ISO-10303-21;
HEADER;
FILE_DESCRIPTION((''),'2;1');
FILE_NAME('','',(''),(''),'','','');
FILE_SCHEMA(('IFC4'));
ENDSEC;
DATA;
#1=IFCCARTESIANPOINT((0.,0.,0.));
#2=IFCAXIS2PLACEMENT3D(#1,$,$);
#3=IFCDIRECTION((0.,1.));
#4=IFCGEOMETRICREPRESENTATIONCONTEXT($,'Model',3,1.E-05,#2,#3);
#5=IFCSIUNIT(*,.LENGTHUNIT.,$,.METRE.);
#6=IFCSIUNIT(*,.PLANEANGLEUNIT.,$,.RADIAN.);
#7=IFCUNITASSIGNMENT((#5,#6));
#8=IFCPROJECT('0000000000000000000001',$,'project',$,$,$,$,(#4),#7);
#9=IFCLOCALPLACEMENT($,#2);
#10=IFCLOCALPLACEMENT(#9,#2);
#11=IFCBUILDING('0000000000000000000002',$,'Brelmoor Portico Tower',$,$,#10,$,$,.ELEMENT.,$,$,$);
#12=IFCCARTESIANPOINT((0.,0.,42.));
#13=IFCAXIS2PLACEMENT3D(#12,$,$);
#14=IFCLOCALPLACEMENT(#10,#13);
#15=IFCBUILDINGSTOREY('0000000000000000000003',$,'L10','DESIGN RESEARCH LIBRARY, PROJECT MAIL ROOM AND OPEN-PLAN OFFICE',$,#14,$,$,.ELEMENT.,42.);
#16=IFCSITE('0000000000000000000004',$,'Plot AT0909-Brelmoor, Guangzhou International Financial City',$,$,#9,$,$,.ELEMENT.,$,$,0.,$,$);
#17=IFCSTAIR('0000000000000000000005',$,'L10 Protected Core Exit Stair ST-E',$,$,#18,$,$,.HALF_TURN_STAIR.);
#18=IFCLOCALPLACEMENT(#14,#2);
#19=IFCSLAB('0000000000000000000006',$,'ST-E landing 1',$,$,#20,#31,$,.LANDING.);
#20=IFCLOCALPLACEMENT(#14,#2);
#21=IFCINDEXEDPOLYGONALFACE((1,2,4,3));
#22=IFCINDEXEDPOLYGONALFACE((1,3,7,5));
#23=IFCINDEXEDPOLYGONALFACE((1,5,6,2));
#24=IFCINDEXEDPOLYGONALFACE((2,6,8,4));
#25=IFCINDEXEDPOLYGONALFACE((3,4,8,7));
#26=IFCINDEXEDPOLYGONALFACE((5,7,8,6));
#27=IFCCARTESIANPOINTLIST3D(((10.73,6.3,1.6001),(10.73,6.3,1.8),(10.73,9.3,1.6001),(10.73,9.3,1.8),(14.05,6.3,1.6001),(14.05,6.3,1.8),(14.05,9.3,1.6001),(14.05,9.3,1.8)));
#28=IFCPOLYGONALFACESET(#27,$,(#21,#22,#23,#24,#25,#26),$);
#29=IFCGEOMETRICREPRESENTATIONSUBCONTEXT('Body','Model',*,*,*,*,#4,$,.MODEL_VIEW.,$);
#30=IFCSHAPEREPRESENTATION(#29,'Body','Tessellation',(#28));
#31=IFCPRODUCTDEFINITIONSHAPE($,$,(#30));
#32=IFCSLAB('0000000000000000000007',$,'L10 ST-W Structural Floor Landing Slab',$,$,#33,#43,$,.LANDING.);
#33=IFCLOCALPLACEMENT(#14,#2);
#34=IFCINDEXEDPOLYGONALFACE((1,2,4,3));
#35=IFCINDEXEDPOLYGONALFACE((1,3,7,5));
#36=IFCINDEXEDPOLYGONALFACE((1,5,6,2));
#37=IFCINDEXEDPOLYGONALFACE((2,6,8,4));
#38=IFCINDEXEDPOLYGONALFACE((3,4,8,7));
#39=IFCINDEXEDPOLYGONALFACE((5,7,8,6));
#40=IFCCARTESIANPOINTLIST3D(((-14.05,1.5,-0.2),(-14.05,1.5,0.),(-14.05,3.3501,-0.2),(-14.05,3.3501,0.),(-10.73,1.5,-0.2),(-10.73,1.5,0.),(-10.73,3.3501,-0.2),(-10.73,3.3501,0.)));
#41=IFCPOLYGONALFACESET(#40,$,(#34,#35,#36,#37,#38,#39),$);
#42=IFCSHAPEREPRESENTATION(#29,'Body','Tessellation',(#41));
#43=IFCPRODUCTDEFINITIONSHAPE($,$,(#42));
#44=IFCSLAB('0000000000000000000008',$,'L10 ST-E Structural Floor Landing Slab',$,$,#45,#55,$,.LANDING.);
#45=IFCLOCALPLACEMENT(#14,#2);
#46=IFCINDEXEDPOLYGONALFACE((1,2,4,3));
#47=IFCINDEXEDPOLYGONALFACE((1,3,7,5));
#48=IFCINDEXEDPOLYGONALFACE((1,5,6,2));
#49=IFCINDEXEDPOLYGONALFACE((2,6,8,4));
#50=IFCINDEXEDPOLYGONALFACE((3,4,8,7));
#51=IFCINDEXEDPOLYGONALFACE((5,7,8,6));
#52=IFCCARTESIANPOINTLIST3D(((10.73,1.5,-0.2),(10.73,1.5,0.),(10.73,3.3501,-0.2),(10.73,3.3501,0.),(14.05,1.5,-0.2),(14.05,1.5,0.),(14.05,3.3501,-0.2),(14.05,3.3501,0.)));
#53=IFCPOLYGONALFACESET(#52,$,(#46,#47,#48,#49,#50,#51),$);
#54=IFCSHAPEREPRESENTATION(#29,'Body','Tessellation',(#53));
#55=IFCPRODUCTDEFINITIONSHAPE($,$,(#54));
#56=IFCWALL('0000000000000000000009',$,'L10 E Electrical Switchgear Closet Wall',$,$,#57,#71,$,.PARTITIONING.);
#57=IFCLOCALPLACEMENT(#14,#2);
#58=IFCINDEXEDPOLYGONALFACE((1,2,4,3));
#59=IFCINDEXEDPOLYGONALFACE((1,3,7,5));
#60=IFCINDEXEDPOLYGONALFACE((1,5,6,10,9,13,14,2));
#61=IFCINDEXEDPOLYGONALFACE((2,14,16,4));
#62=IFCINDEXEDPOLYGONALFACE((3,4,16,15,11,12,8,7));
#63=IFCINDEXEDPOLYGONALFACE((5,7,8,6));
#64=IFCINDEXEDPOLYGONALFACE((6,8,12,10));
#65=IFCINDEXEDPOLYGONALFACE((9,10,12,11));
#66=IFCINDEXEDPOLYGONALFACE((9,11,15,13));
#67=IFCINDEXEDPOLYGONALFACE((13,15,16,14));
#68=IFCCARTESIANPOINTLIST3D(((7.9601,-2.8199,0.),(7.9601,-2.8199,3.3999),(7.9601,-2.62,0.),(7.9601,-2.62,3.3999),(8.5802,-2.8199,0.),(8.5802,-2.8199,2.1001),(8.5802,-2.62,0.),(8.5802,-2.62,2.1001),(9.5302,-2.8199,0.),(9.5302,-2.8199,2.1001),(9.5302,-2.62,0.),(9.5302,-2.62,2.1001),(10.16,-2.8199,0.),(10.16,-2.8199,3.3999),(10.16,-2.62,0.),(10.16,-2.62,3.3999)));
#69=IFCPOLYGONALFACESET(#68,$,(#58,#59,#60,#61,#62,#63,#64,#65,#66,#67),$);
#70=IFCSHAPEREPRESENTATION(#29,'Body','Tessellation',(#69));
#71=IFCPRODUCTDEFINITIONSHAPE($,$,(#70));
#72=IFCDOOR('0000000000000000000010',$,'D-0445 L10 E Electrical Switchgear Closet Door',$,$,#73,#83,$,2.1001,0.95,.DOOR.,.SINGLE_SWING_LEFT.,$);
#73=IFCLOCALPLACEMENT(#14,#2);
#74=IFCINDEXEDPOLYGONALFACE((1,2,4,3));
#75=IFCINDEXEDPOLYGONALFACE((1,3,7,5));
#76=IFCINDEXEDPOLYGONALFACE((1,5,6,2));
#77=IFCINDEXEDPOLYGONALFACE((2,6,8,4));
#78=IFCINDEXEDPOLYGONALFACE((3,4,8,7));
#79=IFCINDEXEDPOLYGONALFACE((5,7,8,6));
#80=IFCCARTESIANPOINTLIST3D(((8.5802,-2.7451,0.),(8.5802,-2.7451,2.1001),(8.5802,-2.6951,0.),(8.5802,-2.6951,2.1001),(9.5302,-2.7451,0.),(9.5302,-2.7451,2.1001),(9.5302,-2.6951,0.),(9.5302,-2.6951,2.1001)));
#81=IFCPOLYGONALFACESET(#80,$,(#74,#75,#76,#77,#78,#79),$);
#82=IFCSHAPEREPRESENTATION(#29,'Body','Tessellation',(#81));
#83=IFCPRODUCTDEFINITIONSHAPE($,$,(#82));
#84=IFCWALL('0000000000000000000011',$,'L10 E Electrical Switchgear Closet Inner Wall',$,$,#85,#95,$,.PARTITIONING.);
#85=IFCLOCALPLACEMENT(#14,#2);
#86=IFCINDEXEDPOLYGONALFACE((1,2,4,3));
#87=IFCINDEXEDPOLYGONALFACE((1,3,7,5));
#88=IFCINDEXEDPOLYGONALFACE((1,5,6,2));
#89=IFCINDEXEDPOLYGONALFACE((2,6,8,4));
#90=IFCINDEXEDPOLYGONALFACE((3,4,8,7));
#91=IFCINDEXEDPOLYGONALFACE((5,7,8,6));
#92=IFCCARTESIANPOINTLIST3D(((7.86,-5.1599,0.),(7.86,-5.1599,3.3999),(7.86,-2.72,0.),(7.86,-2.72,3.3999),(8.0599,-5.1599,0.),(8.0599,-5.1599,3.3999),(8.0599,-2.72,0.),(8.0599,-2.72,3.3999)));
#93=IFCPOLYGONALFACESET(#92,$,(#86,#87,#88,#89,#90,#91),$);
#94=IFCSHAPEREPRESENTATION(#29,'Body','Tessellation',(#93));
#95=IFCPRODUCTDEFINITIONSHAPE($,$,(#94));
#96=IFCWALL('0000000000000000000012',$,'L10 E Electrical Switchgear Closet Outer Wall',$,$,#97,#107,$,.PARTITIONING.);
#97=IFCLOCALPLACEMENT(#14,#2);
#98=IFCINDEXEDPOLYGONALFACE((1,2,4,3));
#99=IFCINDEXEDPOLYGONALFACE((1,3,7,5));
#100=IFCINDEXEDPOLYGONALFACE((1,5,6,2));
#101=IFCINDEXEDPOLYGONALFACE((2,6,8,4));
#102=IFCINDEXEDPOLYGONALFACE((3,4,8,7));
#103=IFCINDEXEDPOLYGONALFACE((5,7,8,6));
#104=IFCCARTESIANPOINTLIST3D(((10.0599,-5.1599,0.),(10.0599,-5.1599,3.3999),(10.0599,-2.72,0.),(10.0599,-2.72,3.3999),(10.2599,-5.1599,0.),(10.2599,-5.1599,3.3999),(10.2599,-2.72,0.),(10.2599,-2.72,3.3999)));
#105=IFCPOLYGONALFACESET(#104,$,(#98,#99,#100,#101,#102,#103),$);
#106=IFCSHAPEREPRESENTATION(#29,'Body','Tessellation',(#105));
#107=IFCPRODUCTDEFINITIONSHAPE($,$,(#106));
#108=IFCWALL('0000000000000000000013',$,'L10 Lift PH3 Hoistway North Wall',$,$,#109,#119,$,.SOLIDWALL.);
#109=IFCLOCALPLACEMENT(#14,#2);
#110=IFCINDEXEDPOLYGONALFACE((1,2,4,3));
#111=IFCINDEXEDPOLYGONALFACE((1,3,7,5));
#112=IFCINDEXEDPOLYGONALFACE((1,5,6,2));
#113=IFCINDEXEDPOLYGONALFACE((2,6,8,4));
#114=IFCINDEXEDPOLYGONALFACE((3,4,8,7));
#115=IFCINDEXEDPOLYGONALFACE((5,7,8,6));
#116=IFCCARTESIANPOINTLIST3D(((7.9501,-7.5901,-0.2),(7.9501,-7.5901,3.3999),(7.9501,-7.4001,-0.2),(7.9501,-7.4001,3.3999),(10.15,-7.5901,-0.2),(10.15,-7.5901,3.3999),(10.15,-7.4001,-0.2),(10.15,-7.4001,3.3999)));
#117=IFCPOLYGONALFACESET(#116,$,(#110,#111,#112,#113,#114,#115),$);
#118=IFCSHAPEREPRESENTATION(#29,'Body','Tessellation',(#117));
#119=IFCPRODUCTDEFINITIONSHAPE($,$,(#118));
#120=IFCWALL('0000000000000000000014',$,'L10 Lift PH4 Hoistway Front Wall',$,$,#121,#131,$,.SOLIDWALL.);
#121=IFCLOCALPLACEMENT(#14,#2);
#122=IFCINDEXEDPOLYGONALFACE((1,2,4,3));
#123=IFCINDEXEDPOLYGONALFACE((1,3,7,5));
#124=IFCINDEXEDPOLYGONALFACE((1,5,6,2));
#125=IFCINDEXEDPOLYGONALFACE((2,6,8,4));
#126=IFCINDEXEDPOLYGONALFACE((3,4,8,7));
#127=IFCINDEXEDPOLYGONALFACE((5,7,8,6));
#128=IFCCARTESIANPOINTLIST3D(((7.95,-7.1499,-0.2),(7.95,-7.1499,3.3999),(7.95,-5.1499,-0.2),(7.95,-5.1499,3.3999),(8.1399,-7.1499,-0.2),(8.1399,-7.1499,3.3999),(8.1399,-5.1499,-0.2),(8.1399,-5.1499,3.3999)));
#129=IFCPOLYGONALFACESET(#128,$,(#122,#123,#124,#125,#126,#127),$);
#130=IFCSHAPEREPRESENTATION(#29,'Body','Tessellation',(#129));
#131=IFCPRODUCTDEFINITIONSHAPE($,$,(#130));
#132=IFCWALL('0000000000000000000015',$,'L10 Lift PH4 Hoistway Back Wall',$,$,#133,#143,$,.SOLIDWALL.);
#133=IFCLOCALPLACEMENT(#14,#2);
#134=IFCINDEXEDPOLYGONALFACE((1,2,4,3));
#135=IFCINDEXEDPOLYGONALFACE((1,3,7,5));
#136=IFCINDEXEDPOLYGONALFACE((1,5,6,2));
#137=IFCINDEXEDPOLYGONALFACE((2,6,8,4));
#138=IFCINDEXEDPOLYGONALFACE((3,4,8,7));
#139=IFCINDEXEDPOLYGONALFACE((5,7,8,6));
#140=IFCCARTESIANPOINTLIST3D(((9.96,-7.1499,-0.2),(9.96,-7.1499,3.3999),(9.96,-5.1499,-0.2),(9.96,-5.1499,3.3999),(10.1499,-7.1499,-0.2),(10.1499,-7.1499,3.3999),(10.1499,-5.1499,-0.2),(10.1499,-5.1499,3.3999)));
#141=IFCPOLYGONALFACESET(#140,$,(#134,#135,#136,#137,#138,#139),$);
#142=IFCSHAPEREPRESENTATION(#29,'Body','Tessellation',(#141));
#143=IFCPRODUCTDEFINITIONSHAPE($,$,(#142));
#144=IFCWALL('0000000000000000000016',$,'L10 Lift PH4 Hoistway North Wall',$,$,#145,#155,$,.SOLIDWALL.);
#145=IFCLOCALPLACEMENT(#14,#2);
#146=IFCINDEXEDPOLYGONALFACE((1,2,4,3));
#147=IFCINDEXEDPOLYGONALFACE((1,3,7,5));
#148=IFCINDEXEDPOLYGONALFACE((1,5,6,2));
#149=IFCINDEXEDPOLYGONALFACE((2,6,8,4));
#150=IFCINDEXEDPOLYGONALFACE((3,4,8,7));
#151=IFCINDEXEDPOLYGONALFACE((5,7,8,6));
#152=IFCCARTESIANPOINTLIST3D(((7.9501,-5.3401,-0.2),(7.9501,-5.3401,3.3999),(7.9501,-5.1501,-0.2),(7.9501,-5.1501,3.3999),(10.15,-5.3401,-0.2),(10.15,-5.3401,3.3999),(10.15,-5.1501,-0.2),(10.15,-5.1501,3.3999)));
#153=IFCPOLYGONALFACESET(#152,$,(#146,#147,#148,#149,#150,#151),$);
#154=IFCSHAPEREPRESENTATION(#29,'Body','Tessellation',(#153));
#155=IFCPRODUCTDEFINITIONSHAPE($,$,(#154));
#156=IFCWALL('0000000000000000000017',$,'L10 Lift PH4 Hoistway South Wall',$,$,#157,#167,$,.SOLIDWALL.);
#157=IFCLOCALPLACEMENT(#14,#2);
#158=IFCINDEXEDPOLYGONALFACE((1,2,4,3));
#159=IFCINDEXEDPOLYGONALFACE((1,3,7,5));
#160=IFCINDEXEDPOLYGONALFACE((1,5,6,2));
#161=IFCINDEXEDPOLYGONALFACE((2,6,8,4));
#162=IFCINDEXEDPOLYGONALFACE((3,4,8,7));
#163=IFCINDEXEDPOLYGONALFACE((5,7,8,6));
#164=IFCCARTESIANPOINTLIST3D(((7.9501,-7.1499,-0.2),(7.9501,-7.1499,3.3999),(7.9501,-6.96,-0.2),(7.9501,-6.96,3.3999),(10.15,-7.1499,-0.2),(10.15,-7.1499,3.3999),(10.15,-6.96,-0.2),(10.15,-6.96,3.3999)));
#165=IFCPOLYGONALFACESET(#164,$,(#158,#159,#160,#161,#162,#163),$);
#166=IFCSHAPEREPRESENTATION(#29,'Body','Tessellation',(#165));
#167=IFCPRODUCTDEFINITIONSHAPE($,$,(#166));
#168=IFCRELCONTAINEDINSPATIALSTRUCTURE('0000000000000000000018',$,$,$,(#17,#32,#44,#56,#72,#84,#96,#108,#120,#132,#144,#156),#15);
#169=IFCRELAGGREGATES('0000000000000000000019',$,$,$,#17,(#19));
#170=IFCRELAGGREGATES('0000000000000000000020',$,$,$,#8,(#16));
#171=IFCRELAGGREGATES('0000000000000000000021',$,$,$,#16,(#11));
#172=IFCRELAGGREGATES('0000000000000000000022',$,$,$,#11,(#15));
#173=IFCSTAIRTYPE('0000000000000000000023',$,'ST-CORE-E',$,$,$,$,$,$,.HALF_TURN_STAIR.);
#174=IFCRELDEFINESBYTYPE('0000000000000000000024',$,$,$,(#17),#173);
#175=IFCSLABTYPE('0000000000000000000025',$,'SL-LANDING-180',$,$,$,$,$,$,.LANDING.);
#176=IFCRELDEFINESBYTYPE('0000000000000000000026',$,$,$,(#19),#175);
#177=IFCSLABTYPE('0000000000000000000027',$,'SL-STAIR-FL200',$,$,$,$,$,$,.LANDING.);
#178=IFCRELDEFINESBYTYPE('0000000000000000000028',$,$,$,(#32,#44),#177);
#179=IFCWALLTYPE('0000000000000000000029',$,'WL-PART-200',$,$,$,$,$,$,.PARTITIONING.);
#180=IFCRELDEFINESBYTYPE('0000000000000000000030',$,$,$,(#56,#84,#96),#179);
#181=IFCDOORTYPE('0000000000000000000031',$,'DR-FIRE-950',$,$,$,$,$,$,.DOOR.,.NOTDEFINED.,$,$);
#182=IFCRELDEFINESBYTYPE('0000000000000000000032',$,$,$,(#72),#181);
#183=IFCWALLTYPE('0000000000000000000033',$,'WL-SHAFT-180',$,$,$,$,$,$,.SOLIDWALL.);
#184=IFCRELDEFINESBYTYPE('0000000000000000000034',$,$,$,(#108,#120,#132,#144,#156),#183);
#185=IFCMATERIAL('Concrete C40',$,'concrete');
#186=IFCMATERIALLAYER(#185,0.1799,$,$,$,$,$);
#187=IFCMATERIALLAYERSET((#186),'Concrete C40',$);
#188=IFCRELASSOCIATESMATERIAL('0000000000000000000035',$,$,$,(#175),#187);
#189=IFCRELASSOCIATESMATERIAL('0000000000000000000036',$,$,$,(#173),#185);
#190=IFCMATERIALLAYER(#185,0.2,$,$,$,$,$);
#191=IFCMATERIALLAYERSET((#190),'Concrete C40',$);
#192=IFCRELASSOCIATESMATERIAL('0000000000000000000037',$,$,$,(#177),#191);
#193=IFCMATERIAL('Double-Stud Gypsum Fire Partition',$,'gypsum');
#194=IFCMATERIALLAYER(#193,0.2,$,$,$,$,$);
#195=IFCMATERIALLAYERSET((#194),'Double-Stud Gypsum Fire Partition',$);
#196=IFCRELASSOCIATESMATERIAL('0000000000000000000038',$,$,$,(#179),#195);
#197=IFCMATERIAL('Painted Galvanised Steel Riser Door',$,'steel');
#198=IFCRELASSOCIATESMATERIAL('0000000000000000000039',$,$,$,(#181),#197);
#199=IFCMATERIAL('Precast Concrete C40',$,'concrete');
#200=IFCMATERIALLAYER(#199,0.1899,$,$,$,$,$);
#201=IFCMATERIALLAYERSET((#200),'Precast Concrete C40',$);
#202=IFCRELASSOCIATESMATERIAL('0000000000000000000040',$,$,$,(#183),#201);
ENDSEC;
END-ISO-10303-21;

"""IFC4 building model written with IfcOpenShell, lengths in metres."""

from ifc_helpers import new_model, si_unit, direction, frame, frame_2d, origin, place, context, subcontext, project, spatial, polyline, rectangle, outline, extrude, material, layer, layer_set, type_object, element, fill, aggregate, save


model = new_model("IFC4")

# Units and contexts
model_context = context("Model", 3, precision=1e-05, world=origin(), true_north=direction((0.0, 1.0)))
body_context = subcontext(model_context, "Body", "Model", "MODEL_VIEW")
ifc_project = project(units=[si_unit("LENGTHUNIT", "METRE"), si_unit("PLANEANGLEUNIT", "RADIAN")], contexts=[model_context])

# Site, building, storey
site_placement = place(None, origin())
site = spatial("IfcSite", under=ifc_project, at=site_placement, Name="Plot AT0909-Brelmoor, Guangzhou International Financial City", CompositionType="ELEMENT", RefElevation=0.0)
building_placement = place(site_placement, origin())
building = spatial("IfcBuilding", under=site, at=building_placement, Name="Brelmoor Portico Tower", CompositionType="ELEMENT")
storey_placement = place(building_placement, frame((0.0, 0.0, 42.0)))
storey = spatial("IfcBuildingStorey", under=building, at=storey_placement, Name="L10", Description="DESIGN RESEARCH LIBRARY, PROJECT MAIL ROOM AND OPEN-PLAN OFFICE", CompositionType="ELEMENT", Elevation=42.0)

# Shared definitions
ifc_material_1 = material(Name="Concrete C40", Category="concrete")

# Stair, slab
ifc_layer_1 = layer(ifc_material_1, 0.1799)
ifc_layer_set_1 = layer_set([ifc_layer_1], Name="Concrete C40")
slab_type_1 = type_object("IfcSlabType", Name="SL-LANDING-180", PredefinedType="LANDING", material=ifc_layer_set_1)
stair_type_1 = type_object("IfcStairType", Name="ST-CORE-E", PredefinedType="HALF_TURN_STAIR", material=ifc_material_1)
stair_1_placement = place(storey_placement, origin())
stair_1 = element("IfcStair", 1, at=stair_1_placement, inside=storey, type_object=stair_type_1, Name="L10 Protected Core Exit Stair ST-E", PredefinedType="HALF_TURN_STAIR")
slab_1_placement = place(storey_placement, frame((0.0, 0.0, 1.6001)))
slab_1 = element("IfcSlab", 2, at=slab_1_placement, type_object=slab_type_1, Name="ST-E landing 1", PredefinedType="LANDING", context=body_context, shape_type="SweptSolid", body=[
    extrude(outline(polyline([(14.05, 6.3), (14.05, 9.3), (10.73, 9.3), (10.73, 6.3), (14.05, 6.3)])), origin(), (0.0, 0.0, 1.0), 0.2),
])
aggregate(stair_1, [slab_1])

# Slabs
ifc_layer_2 = layer(ifc_material_1, 0.2)
ifc_layer_set_2 = layer_set([ifc_layer_2], Name="Concrete C40")
slab_type_2 = type_object("IfcSlabType", Name="SL-STAIR-FL200", PredefinedType="LANDING", material=ifc_layer_set_2)
slab_2_placement = place(storey_placement, frame((0.0, 0.0, -0.2)))
element("IfcSlab", 3, at=slab_2_placement, inside=storey, type_object=slab_type_2, Name="L10 ST-W Structural Floor Landing Slab", PredefinedType="LANDING", context=body_context, shape_type="SweptSolid", body=[
    extrude(outline(polyline([(-10.73, 1.5), (-10.73, 3.3501), (-14.05, 3.3501), (-14.05, 1.5), (-10.73, 1.5)])), origin(), (0.0, 0.0, 1.0), 0.2),
])
slab_3_placement = place(storey_placement, frame((0.0, 0.0, -0.2)))
element("IfcSlab", 4, at=slab_3_placement, inside=storey, type_object=slab_type_2, Name="L10 ST-E Structural Floor Landing Slab", PredefinedType="LANDING", context=body_context, shape_type="SweptSolid", body=[
    extrude(outline(polyline([(14.05, 1.5), (14.05, 3.3501), (10.73, 3.3501), (10.73, 1.5), (14.05, 1.5)])), origin(), (0.0, 0.0, 1.0), 0.2),
])

# Wall, opening, door
ifc_material_2 = material(Name="Double-Stud Gypsum Fire Partition", Category="gypsum")
ifc_layer_3 = layer(ifc_material_2, 0.2)
ifc_layer_set_3 = layer_set([ifc_layer_3], Name="Double-Stud Gypsum Fire Partition")
wall_type_1 = type_object("IfcWallType", Name="WL-PART-200", PredefinedType="PARTITIONING", material=ifc_layer_set_3)
wall_1_placement = place(storey_placement, frame((7.96, -2.72, 0.0), z_axis=(0.0, 0.0, 1.0), x_axis=(1.0, 0.0, 0.0)))
wall_1 = element("IfcWall", 5, at=wall_1_placement, inside=storey, type_object=wall_type_1, Name="L10 E Electrical Switchgear Closet Wall", PredefinedType="PARTITIONING", context=body_context, shape_type="SweptSolid", body=[
    extrude(rectangle(XDim=2.2, YDim=0.2, at=frame_2d((1.1001, 0.0))), origin(), (0.0, 0.0, 1.0), 3.3999),
])
opening_1_placement = place(wall_1_placement, frame((0.6201, 0.0, 0.0)))
opening_1 = element("IfcOpeningElement", 6, at=opening_1_placement, cuts=wall_1, PredefinedType="OPENING", context=body_context, shape_type="SweptSolid", body=[
    extrude(rectangle(XDim=0.95, YDim=2.1001, at=frame_2d((0.4751, 1.05))), frame((0.0, 0.1099, 0.0), z_axis=(0.0, -1.0, 0.0), x_axis=(1.0, 0.0, 0.0)), (0.0, 0.0, 1.0), 0.22),
])
ifc_material_3 = material(Name="Painted Galvanised Steel Riser Door", Category="steel")
door_type_1 = type_object("IfcDoorType", Name="DR-FIRE-950", OperationType="NOTDEFINED", PredefinedType="DOOR", material=ifc_material_3)
door_1_placement = place(opening_1_placement, origin())
door_1 = element("IfcDoor", 7, at=door_1_placement, inside=storey, type_object=door_type_1, Name="D-0445 L10 E Electrical Switchgear Closet Door", OperationType="SINGLE_SWING_LEFT", OverallHeight=2.1001, OverallWidth=0.95, PredefinedType="DOOR", context=body_context, shape_type="SweptSolid", body=[
    extrude(rectangle(XDim=0.95, YDim=2.1001, at=frame_2d((0.4751, 1.05))), frame((0.0, 0.0249, 0.0), z_axis=(0.0, -1.0, 0.0), x_axis=(1.0, 0.0, 0.0)), (0.0, 0.0, 1.0), 0.05),
])
fill(opening_1, door_1)

# Walls
for number, where, z_axis, x_axis, name in (
    (8, (7.96, -5.1599, 0.0), (0.0, 0.0, 1.0), (0.0, 1.0, 0.0), "L10 E Electrical Switchgear Closet Inner Wall"),
    (9, (10.1599, -5.1599, 0.0), (0.0, 0.0, 1.0), (0.0, 1.0, 0.0), "L10 E Electrical Switchgear Closet Outer Wall"),
):
    element("IfcWall", number, at=place(storey_placement, frame(where, z_axis=z_axis, x_axis=x_axis)), inside=storey, type_object=wall_type_1, Name=name, PredefinedType="PARTITIONING", context=body_context, shape_type="SweptSolid", body=[
        extrude(rectangle(XDim=2.4399, YDim=0.2, at=frame_2d((1.22, 0.0))), origin(), (0.0, 0.0, 1.0), 3.3999),
    ])
ifc_material_4 = material(Name="Precast Concrete C40", Category="concrete")
ifc_layer_4 = layer(ifc_material_4, 0.1899)
ifc_layer_set_4 = layer_set([ifc_layer_4], Name="Precast Concrete C40")
wall_type_2 = type_object("IfcWallType", Name="WL-SHAFT-180", PredefinedType="SOLIDWALL", material=ifc_layer_set_4)
wall_2_placement = place(storey_placement, frame((7.95, -7.4951, -0.2), z_axis=(0.0, 0.0, 1.0), x_axis=(1.0, 0.0, 0.0)))
element("IfcWall", 10, at=wall_2_placement, inside=storey, type_object=wall_type_2, Name="L10 Lift PH3 Hoistway North Wall", PredefinedType="SOLIDWALL", context=body_context, shape_type="SweptSolid", body=[
    extrude(rectangle(XDim=2.2, YDim=0.1899, at=frame_2d((1.1001, 0.0))), origin(), (0.0, 0.0, 1.0), 3.5999),
])
for number, where, z_axis, x_axis, name in (
    (11, (8.0449, -7.1499, -0.2), (0.0, 0.0, 1.0), (0.0, 1.0, 0.0), "L10 Lift PH4 Hoistway Front Wall"),
    (12, (10.0549, -7.1499, -0.2), (0.0, 0.0, 1.0), (0.0, 1.0, 0.0), "L10 Lift PH4 Hoistway Back Wall"),
):
    element("IfcWall", number, at=place(storey_placement, frame(where, z_axis=z_axis, x_axis=x_axis)), inside=storey, type_object=wall_type_2, Name=name, PredefinedType="SOLIDWALL", context=body_context, shape_type="SweptSolid", body=[
        extrude(rectangle(XDim=2.0, YDim=0.1899, at=frame_2d((1.0, 0.0))), origin(), (0.0, 0.0, 1.0), 3.5999),
    ])
for number, where, z_axis, x_axis, name in (
    (13, (7.95, -5.2451, -0.2), (0.0, 0.0, 1.0), (1.0, 0.0, 0.0), "L10 Lift PH4 Hoistway North Wall"),
    (14, (7.95, -7.0549, -0.2), (0.0, 0.0, 1.0), (1.0, 0.0, 0.0), "L10 Lift PH4 Hoistway South Wall"),
):
    element("IfcWall", number, at=place(storey_placement, frame(where, z_axis=z_axis, x_axis=x_axis)), inside=storey, type_object=wall_type_2, Name=name, PredefinedType="SOLIDWALL", context=body_context, shape_type="SweptSolid", body=[
        extrude(rectangle(XDim=2.2, YDim=0.1899, at=frame_2d((1.1001, 0.0))), origin(), (0.0, 0.0, 1.0), 3.5999),
    ])

save(model, "model.ifc")
